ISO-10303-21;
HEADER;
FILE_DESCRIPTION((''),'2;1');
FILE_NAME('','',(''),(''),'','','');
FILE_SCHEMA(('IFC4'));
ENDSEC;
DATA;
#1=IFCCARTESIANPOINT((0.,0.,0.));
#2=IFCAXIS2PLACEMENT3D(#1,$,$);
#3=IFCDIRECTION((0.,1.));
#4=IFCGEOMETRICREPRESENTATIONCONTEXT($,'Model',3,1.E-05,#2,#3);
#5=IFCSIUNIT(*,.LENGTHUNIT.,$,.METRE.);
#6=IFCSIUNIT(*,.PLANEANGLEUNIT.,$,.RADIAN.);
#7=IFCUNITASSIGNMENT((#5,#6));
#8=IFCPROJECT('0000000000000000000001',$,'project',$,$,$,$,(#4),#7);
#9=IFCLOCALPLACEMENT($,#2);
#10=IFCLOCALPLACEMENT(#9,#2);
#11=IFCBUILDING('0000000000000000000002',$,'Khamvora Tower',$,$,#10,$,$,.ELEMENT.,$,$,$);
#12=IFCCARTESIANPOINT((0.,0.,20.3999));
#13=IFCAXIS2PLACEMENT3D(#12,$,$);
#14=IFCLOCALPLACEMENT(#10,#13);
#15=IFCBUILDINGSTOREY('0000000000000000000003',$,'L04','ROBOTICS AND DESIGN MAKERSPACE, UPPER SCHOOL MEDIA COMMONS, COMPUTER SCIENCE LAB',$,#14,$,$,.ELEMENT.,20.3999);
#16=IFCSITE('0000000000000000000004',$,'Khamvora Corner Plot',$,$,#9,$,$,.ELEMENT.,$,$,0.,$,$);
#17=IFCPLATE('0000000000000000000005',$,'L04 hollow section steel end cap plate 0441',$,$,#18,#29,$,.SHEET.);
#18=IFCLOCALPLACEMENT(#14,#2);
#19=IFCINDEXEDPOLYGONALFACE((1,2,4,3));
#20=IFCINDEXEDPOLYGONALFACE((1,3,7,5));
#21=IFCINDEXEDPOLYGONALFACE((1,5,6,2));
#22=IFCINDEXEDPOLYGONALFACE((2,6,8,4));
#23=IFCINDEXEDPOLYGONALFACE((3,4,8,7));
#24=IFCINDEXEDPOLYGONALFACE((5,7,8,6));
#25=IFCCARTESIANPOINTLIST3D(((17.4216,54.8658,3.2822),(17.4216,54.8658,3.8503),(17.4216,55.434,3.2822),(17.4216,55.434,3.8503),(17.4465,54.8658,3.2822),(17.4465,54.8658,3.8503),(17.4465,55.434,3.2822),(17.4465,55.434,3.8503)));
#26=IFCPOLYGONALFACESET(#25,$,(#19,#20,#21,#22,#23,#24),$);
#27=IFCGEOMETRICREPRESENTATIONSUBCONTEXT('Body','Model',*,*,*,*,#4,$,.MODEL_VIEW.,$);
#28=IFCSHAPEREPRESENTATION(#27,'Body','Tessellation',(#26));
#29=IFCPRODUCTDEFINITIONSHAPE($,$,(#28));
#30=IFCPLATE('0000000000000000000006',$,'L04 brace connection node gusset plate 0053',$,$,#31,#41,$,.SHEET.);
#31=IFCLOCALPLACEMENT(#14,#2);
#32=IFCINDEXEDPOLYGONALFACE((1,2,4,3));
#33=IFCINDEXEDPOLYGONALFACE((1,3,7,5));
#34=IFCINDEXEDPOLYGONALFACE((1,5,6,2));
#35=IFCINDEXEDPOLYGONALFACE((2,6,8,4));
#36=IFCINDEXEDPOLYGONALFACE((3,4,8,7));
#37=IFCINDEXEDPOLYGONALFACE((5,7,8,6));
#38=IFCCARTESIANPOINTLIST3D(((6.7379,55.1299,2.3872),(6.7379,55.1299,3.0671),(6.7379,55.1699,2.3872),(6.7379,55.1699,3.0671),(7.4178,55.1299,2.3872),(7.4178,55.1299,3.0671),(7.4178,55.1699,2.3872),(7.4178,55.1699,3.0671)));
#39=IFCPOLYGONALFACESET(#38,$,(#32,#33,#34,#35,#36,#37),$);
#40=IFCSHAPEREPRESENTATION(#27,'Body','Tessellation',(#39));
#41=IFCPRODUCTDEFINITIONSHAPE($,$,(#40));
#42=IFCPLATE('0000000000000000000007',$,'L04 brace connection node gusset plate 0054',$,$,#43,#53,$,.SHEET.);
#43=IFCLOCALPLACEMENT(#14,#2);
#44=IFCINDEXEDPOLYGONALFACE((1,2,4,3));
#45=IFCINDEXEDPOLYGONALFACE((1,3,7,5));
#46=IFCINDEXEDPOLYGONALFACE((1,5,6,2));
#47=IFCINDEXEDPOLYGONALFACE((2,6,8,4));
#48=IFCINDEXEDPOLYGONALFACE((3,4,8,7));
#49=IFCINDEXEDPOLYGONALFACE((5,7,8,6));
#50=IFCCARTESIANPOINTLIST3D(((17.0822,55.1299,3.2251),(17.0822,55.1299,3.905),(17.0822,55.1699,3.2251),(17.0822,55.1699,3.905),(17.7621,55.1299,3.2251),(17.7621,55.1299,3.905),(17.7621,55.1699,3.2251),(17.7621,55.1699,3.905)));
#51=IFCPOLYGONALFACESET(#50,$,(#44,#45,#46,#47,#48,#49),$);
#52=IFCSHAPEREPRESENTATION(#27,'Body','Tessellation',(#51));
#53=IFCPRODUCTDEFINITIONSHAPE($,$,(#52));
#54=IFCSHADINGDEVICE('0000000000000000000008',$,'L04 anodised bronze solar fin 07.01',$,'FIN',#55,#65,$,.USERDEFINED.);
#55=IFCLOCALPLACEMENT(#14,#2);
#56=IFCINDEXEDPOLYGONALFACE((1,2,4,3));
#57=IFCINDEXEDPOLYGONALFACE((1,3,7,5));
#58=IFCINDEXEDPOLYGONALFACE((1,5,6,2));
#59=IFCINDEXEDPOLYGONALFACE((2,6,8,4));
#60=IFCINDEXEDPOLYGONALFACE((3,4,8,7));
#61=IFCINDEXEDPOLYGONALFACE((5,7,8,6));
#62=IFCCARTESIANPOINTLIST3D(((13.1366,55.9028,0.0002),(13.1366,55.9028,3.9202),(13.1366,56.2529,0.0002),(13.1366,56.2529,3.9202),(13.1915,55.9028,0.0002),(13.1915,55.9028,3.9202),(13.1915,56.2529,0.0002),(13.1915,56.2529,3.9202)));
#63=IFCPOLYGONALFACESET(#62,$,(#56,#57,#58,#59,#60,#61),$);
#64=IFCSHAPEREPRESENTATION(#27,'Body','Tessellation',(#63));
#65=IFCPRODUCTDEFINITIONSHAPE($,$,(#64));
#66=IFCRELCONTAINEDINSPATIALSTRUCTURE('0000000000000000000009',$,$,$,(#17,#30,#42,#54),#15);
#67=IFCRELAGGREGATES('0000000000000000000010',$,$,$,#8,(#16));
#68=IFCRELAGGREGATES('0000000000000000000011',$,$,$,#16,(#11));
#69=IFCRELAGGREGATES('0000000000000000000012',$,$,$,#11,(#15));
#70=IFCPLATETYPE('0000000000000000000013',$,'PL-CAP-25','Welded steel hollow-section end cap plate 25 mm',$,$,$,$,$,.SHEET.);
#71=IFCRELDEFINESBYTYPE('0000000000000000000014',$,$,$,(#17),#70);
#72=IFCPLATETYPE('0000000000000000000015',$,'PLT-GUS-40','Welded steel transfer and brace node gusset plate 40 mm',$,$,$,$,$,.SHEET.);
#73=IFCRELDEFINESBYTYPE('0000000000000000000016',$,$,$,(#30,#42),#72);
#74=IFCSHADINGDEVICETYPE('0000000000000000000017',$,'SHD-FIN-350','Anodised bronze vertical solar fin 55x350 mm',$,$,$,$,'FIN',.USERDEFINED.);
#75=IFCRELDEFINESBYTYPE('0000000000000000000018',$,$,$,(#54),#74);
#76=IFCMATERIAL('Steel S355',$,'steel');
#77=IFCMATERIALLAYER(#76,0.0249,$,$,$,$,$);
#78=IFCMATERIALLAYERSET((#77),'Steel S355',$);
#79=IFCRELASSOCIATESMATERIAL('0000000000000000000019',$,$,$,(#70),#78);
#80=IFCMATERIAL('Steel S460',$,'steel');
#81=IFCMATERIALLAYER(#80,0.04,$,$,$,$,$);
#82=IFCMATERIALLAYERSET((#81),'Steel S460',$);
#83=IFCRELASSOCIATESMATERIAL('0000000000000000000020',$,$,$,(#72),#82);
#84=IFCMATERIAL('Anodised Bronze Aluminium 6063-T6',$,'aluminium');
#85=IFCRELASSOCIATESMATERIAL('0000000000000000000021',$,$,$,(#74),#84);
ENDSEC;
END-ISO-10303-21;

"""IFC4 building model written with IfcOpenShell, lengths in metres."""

from ifc_helpers import new_model, si_unit, direction, frame, origin, origin_2d, place, context, subcontext, project, spatial, rectangle, extrude, material, layer, layer_set, type_object, element, save


model = new_model("IFC4")

# Units and contexts
model_context = context("Model", 3, precision=1e-05, world=origin(), true_north=direction((0.0, 1.0)))
body_context = subcontext(model_context, "Body", "Model", "MODEL_VIEW")
ifc_project = project(units=[si_unit("LENGTHUNIT", "METRE"), si_unit("PLANEANGLEUNIT", "RADIAN")], contexts=[model_context])

# Site, building, storey
site_placement = place(None, origin())
site = spatial("IfcSite", under=ifc_project, at=site_placement, Name="Khamvora Corner Plot", CompositionType="ELEMENT", RefElevation=0.0)
building_placement = place(site_placement, origin())
building = spatial("IfcBuilding", under=site, at=building_placement, Name="Khamvora Tower", CompositionType="ELEMENT")
storey_placement = place(building_placement, frame((0.0, 0.0, 20.3999)))
storey = spatial("IfcBuildingStorey", under=building, at=storey_placement, Name="L04", Description="ROBOTICS AND DESIGN MAKERSPACE, UPPER SCHOOL MEDIA COMMONS, COMPUTER SCIENCE LAB", CompositionType="ELEMENT", Elevation=20.3999)

# Shared definitions
ifc_material_1 = material(Name="Steel S460", Category="steel")

# Plates
ifc_material_2 = material(Name="Steel S355", Category="steel")
ifc_layer_1 = layer(ifc_material_2, 0.0249)
ifc_layer_set_1 = layer_set([ifc_layer_1], Name="Steel S355")
plate_type_1 = type_object("IfcPlateType", Name="PL-CAP-25", Description="Welded steel hollow-section end cap plate 25 mm", PredefinedType="SHEET", material=ifc_layer_set_1)
plate_1_placement = place(storey_placement, frame((17.4341, 55.1499, 3.2822), z_axis=(0.0, 0.0, 1.0), x_axis=(1.0, 0.0, 0.0)))
element("IfcPlate", 1, at=plate_1_placement, inside=storey, type_object=plate_type_1, Name="L04 hollow section steel end cap plate 0441", PredefinedType="SHEET", context=body_context, shape_type="SweptSolid", body=[
    extrude(rectangle(XDim=0.0249, YDim=0.5681, at=origin_2d()), origin(), (0.0, 0.0, 1.0), 0.5681),
])
ifc_layer_2 = layer(ifc_material_1, 0.04)
ifc_layer_set_2 = layer_set([ifc_layer_2], Name="Steel S460")
plate_type_2 = type_object("IfcPlateType", Name="PLT-GUS-40", Description="Welded steel transfer and brace node gusset plate 40 mm", PredefinedType="SHEET", material=ifc_layer_set_2)
for number, where, z_axis, x_axis, name in (
    (2, (7.0779, 55.1499, 2.3872), (0.0, 0.0, 1.0), (1.0, 0.0, 0.0), "L04 brace connection node gusset plate 0053"),
    (3, (17.4221, 55.1499, 3.2251), (0.0, 0.0, 1.0), (1.0, 0.0, 0.0), "L04 brace connection node gusset plate 0054"),
):
    element("IfcPlate", number, at=place(storey_placement, frame(where, z_axis=z_axis, x_axis=x_axis)), inside=storey, type_object=plate_type_2, Name=name, PredefinedType="SHEET", context=body_context, shape_type="SweptSolid", body=[
        extrude(rectangle(XDim=0.6799, YDim=0.04, at=origin_2d()), origin(), (0.0, 0.0, 1.0), 0.6799),
    ])

# Shading device
ifc_material_3 = material(Name="Anodised Bronze Aluminium 6063-T6", Category="aluminium")
shading_device_type = type_object("IfcShadingDeviceType", Name="SHD-FIN-350", Description="Anodised bronze vertical solar fin 55x350 mm", ElementType="FIN", PredefinedType="USERDEFINED", material=ifc_material_3)
shading_device_placement = place(storey_placement, frame((13.1641, 56.0779, 0.0002), z_axis=(0.0, 0.0, 1.0), x_axis=(1.0, 0.0, 0.0)))
element("IfcShadingDevice", 4, at=shading_device_placement, inside=storey, type_object=shading_device_type, Name="L04 anodised bronze solar fin 07.01", ObjectType="FIN", PredefinedType="USERDEFINED", context=body_context, shape_type="SweptSolid", body=[
    extrude(rectangle(XDim=0.0549, YDim=0.3501, at=origin_2d()), origin(), (0.0, 0.0, 1.0), 3.9199),
])

save(model, "model.ifc")
